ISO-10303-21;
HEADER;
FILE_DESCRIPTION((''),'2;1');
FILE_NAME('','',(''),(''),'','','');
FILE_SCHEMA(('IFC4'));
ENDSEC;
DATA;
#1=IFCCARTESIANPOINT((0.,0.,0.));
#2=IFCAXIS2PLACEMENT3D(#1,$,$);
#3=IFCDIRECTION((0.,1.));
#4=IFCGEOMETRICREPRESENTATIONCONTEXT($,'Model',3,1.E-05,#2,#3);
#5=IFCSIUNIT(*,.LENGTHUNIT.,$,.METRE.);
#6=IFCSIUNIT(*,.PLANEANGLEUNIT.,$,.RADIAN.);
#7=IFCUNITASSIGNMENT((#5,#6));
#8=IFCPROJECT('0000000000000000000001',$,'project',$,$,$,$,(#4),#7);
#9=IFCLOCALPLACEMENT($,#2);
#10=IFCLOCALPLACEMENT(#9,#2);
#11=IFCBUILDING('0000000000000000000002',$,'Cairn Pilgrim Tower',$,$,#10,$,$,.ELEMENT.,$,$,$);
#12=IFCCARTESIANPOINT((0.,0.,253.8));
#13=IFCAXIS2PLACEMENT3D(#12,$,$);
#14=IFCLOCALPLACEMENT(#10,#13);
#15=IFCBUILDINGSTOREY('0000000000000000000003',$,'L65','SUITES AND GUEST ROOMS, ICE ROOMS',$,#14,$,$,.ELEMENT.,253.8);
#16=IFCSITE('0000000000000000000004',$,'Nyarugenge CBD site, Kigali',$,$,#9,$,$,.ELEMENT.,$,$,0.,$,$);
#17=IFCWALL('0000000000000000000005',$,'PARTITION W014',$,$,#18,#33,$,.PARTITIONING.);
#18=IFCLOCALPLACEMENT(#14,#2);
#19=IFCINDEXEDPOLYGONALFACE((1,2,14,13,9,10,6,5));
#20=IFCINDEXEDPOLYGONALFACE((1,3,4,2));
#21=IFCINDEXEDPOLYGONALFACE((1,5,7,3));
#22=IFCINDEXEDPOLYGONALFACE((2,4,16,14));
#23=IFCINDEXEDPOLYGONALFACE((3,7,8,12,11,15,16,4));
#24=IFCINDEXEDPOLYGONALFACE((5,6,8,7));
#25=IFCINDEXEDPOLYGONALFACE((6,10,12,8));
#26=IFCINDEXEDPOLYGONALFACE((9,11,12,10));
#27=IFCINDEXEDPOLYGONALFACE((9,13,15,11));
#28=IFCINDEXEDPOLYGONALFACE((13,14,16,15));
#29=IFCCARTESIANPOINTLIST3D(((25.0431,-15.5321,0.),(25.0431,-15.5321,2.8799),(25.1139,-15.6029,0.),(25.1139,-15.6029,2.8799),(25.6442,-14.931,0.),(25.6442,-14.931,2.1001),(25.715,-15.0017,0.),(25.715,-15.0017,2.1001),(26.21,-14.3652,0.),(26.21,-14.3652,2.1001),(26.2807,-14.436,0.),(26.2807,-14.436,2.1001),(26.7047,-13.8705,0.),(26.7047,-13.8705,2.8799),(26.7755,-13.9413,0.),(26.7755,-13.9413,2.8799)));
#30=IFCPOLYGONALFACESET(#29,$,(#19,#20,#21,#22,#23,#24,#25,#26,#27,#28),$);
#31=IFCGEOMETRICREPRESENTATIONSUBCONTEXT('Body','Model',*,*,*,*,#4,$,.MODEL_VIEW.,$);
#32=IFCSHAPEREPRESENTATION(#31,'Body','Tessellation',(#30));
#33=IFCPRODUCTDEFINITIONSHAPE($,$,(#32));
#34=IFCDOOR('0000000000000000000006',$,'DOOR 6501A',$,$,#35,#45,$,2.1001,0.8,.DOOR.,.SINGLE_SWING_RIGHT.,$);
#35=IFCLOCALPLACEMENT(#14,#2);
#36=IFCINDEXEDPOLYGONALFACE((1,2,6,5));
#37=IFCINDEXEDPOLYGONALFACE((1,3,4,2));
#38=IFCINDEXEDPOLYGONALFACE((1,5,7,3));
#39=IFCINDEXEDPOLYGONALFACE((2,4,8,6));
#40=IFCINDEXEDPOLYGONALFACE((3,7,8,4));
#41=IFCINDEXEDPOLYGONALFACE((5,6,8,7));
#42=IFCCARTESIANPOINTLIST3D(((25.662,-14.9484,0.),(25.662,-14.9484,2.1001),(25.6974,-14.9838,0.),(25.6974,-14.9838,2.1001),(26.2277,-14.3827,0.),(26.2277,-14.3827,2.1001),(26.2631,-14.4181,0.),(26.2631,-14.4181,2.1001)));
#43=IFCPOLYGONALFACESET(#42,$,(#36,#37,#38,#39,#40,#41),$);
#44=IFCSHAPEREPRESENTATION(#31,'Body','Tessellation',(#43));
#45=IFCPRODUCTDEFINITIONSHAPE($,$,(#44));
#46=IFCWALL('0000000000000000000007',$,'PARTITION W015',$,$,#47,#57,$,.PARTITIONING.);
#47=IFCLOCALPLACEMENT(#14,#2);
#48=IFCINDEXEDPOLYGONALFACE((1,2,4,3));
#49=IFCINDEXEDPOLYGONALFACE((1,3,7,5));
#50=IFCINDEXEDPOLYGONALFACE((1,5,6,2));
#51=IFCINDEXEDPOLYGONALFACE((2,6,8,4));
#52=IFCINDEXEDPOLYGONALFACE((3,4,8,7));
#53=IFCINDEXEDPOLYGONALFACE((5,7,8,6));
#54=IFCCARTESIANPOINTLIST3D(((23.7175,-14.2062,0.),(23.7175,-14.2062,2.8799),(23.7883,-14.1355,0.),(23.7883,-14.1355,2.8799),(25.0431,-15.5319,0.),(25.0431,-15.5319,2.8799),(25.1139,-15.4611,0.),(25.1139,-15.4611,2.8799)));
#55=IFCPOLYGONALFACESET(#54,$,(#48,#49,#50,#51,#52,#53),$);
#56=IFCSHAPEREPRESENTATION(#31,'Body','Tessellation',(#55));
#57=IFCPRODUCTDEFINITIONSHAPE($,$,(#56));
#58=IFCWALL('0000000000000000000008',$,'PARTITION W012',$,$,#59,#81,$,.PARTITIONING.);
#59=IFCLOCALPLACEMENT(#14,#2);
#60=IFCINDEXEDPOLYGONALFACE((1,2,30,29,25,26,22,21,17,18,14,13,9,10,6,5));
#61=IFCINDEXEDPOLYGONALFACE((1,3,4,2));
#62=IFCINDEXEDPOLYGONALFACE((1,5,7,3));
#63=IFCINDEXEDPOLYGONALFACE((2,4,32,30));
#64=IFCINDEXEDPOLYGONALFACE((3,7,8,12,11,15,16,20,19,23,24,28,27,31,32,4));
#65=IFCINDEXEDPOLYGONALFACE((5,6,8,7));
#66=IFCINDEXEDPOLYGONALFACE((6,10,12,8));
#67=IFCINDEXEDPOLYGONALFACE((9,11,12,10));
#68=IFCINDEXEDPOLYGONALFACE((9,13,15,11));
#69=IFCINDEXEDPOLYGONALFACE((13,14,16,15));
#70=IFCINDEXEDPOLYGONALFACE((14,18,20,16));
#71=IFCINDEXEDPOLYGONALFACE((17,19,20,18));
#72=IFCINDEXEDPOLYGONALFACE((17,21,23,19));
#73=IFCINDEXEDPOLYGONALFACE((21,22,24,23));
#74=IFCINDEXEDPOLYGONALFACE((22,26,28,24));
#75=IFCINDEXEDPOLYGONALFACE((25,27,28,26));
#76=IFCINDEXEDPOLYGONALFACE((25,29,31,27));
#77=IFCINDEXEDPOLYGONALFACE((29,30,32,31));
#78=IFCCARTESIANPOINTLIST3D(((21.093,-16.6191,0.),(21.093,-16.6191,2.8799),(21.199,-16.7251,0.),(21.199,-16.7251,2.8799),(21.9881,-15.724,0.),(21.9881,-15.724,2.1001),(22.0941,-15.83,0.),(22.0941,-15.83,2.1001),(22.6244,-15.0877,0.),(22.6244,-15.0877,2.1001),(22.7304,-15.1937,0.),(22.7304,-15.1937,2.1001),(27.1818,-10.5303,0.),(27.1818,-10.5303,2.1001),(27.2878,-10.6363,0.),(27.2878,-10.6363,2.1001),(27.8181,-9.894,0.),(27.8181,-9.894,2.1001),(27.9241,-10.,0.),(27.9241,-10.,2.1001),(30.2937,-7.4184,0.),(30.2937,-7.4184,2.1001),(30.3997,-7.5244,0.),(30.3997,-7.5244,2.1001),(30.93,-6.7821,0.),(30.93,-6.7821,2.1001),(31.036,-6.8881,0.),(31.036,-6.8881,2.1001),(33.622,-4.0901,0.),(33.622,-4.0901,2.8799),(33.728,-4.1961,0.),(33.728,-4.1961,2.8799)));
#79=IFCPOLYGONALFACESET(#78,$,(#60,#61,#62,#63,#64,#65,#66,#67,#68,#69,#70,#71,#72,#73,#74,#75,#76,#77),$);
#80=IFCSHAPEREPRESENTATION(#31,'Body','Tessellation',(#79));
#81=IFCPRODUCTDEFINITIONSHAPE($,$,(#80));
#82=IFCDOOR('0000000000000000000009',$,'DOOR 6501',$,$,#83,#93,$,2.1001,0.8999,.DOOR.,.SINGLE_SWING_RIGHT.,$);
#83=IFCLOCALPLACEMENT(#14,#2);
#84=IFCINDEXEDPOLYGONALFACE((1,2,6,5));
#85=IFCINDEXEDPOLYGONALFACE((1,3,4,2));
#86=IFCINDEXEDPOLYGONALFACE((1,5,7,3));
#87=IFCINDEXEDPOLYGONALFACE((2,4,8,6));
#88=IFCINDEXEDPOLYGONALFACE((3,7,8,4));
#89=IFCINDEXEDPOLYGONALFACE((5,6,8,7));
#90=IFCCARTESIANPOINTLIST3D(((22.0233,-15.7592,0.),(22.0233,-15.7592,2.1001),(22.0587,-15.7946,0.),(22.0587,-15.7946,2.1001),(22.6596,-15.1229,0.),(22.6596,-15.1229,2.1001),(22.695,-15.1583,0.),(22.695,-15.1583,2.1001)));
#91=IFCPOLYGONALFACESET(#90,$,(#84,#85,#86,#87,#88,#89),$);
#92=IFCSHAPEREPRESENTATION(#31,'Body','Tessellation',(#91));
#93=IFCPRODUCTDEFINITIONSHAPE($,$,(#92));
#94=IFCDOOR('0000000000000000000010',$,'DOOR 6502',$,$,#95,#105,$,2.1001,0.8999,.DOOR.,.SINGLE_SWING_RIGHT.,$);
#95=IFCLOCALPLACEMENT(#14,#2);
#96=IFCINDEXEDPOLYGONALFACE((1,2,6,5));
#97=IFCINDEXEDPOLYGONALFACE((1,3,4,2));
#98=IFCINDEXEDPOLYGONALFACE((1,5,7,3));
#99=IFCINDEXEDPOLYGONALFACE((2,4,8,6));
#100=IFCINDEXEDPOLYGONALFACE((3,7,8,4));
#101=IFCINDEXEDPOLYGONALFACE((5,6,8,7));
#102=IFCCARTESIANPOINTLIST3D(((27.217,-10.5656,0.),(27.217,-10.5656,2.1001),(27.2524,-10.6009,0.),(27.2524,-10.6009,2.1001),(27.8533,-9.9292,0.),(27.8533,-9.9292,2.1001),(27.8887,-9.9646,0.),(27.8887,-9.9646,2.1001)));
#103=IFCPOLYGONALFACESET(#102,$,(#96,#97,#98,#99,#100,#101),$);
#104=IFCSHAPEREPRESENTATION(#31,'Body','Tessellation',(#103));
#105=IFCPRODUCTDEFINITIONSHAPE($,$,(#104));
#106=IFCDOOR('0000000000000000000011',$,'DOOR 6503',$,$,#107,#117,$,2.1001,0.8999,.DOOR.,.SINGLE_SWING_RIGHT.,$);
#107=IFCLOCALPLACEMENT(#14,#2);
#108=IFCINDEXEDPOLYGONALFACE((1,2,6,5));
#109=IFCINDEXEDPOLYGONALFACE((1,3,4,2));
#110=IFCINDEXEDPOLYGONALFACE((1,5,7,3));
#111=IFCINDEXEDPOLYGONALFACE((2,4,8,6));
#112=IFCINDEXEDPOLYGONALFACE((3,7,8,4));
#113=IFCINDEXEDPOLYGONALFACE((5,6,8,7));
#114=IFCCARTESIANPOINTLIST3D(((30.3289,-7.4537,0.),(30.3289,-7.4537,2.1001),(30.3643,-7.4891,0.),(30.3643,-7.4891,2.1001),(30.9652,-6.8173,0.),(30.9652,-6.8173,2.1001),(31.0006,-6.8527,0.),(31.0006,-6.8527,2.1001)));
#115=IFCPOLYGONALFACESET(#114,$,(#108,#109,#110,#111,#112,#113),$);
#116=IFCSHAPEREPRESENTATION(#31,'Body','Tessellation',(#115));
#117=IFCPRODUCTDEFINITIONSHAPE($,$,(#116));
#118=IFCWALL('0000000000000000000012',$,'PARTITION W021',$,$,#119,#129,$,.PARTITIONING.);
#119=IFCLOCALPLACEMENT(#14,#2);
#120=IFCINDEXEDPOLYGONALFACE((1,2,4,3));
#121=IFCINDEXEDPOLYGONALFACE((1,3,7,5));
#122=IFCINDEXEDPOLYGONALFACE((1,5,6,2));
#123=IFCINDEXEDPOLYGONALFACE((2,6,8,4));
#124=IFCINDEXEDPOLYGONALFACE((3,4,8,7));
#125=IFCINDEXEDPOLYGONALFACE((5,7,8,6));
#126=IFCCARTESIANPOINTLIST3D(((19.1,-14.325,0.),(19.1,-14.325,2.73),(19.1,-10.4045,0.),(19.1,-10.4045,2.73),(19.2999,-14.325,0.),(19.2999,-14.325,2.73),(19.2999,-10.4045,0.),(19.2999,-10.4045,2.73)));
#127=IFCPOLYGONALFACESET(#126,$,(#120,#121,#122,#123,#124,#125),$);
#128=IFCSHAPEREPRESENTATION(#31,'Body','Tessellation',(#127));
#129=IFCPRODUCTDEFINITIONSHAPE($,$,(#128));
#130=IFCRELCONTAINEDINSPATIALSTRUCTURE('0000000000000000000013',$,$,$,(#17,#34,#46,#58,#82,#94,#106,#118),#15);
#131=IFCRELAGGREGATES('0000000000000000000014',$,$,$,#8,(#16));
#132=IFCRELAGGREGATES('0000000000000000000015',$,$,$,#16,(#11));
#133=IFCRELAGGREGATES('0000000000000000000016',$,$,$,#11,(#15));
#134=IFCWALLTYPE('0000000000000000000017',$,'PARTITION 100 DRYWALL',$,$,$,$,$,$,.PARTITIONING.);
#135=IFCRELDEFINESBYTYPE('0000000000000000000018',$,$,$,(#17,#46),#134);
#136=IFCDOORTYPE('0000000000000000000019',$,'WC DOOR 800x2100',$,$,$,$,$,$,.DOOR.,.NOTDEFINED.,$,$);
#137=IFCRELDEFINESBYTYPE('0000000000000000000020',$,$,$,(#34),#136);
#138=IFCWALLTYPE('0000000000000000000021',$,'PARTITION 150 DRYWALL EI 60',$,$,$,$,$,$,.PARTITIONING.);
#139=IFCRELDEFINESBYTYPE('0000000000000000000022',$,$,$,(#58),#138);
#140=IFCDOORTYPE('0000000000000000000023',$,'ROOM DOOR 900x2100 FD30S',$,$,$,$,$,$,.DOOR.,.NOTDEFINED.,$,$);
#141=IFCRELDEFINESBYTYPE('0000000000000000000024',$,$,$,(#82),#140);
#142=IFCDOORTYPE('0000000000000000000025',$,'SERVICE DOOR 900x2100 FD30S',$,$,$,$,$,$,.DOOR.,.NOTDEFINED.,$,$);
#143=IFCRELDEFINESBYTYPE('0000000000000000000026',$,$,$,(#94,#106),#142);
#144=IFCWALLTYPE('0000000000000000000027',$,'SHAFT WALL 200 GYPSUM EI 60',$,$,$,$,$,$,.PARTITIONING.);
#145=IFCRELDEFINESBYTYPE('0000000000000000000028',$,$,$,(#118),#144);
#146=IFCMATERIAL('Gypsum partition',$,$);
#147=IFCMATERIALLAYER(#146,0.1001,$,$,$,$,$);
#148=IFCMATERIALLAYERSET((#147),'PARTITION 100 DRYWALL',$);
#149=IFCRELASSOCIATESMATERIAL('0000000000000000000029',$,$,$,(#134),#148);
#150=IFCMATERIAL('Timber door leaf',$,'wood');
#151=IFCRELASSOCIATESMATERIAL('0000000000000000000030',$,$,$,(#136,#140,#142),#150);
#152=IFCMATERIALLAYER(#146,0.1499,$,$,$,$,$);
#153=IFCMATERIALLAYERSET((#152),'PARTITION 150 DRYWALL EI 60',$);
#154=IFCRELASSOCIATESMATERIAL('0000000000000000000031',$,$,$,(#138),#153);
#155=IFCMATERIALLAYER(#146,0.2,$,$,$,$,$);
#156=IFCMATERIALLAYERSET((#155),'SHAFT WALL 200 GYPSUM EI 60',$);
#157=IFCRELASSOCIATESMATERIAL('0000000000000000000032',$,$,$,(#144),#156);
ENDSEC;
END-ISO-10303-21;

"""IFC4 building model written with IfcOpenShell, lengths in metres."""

from ifc_helpers import new_model, si_unit, direction, frame, frame_2d, origin, place, context, subcontext, project, spatial, rectangle, extrude, material, layer, layer_set, type_object, element, fill, save


model = new_model("IFC4")

# Units and contexts
model_context = context("Model", 3, precision=1e-05, world=origin(), true_north=direction((0.0, 1.0)))
body_context = subcontext(model_context, "Body", "Model", "MODEL_VIEW")
ifc_project = project(units=[si_unit("LENGTHUNIT", "METRE"), si_unit("PLANEANGLEUNIT", "RADIAN")], contexts=[model_context])

# Site, building, storey
site_placement = place(None, origin())
site = spatial("IfcSite", under=ifc_project, at=site_placement, Name="Nyarugenge CBD site, Kigali", CompositionType="ELEMENT", RefElevation=0.0)
building_placement = place(site_placement, origin())
building = spatial("IfcBuilding", under=site, at=building_placement, Name="Cairn Pilgrim Tower", CompositionType="ELEMENT")
storey_placement = place(building_placement, frame((0.0, 0.0, 253.8)))
storey = spatial("IfcBuildingStorey", under=building, at=storey_placement, Name="L65", Description="SUITES AND GUEST ROOMS, ICE ROOMS", CompositionType="ELEMENT", Elevation=253.8)

# Shared definitions
ifc_material_1 = material(Name="Gypsum partition")
ifc_layer_1 = layer(ifc_material_1, 0.1001)
ifc_layer_set_1 = layer_set([ifc_layer_1], Name="PARTITION 100 DRYWALL")
wall_type_1 = type_object("IfcWallType", Name="PARTITION 100 DRYWALL", PredefinedType="PARTITIONING", material=ifc_layer_set_1)
ifc_material_2 = material(Name="Timber door leaf", Category="wood")
door_type_1 = type_object("IfcDoorType", Name="WC DOOR 800x2100", OperationType="NOTDEFINED", PredefinedType="DOOR", material=ifc_material_2)

# Wall, opening, door
wall_1_placement = place(storey_placement, frame((25.0786, -15.5674, 0.0), z_axis=(0.0, 0.0, 1.0), x_axis=(0.707107, 0.707107, 0.0)))
wall_1 = element("IfcWall", 1, at=wall_1_placement, inside=storey, type_object=wall_type_1, Name="PARTITION W014", PredefinedType="PARTITIONING", context=body_context, shape_type="SweptSolid", body=[
    extrude(rectangle(XDim=2.3499, YDim=0.1001, at=frame_2d((1.1748, 0.0))), origin(), (0.0, 0.0, 1.0), 2.8799),
])
opening_1_placement = place(wall_1_placement, frame((0.8501, 0.0, 0.0)))
opening_1 = element("IfcOpeningElement", 2, at=opening_1_placement, cuts=wall_1, PredefinedType="OPENING", context=body_context, shape_type="SweptSolid", body=[
    extrude(rectangle(XDim=0.8, YDim=2.1001, at=frame_2d((0.3999, 1.05))), frame((0.0, 0.0601, 0.0), z_axis=(0.0, -1.0, 0.0), x_axis=(1.0, 0.0, 0.0)), (0.0, 0.0, 1.0), 0.1201),
])
door_1_placement = place(opening_1_placement, frame((0.8, 0.0, 0.0), z_axis=(0.0, 0.0, 1.0), x_axis=(-1.0, 0.0, 0.0)))
door_1 = element("IfcDoor", 3, at=door_1_placement, inside=storey, type_object=door_type_1, Name="DOOR 6501A", OperationType="SINGLE_SWING_RIGHT", OverallHeight=2.1001, OverallWidth=0.8, PredefinedType="DOOR", context=body_context, shape_type="SweptSolid", body=[
    extrude(rectangle(XDim=0.8, YDim=2.1001, at=frame_2d((0.3999, 1.05))), frame((0.0, 0.0249, 0.0), z_axis=(0.0, -1.0, 0.0), x_axis=(1.0, 0.0, 0.0)), (0.0, 0.0, 1.0), 0.05),
])
fill(opening_1, door_1)

# Wall
wall_2_placement = place(storey_placement, frame((25.0786, -15.4966, 0.0), z_axis=(0.0, 0.0, 1.0), x_axis=(-0.707107, 0.707107, 0.0)))
element("IfcWall", 4, at=wall_2_placement, inside=storey, type_object=wall_type_1, Name="PARTITION W015", PredefinedType="PARTITIONING", context=body_context, shape_type="SweptSolid", body=[
    extrude(rectangle(XDim=1.8748, YDim=0.1001, at=frame_2d((0.9375, 0.0))), origin(), (0.0, 0.0, 1.0), 2.8799),
])

# Wall, openings, doors
ifc_layer_2 = layer(ifc_material_1, 0.1499)
ifc_layer_set_2 = layer_set([ifc_layer_2], Name="PARTITION 150 DRYWALL EI 60")
wall_type_2 = type_object("IfcWallType", Name="PARTITION 150 DRYWALL EI 60", PredefinedType="PARTITIONING", material=ifc_layer_set_2)
wall_3_placement = place(storey_placement, frame((21.146, -16.6721, 0.0), z_axis=(0.0, 0.0, 1.0), x_axis=(0.707107, 0.707107, 0.0)))
wall_3 = element("IfcWall", 5, at=wall_3_placement, inside=storey, type_object=wall_type_2, Name="PARTITION W012", PredefinedType="PARTITIONING", context=body_context, shape_type="SweptSolid", body=[
    extrude(rectangle(XDim=17.7188, YDim=0.1499, at=frame_2d((8.8594, 0.0))), origin(), (0.0, 0.0, 1.0), 2.8799),
])
opening_2_placement = place(wall_3_placement, frame((1.2659, 0.0, 0.0)))
opening_2 = element("IfcOpeningElement", 6, at=opening_2_placement, cuts=wall_3, PredefinedType="OPENING", context=body_context, shape_type="SweptSolid", body=[
    extrude(rectangle(XDim=0.8999, YDim=2.1001, at=frame_2d((0.45, 1.05))), frame((0.0, 0.085, 0.0), z_axis=(0.0, -1.0, 0.0), x_axis=(1.0, 0.0, 0.0)), (0.0, 0.0, 1.0), 0.1699),
])
opening_3_placement = place(wall_3_placement, frame((8.6108, 0.0, 0.0)))
opening_3 = element("IfcOpeningElement", 7, at=opening_3_placement, cuts=wall_3, PredefinedType="OPENING", context=body_context, shape_type="SweptSolid", body=[
    extrude(rectangle(XDim=0.8999, YDim=2.1001, at=frame_2d((0.45, 1.05))), frame((0.0, 0.085, 0.0), z_axis=(0.0, -1.0, 0.0), x_axis=(1.0, 0.0, 0.0)), (0.0, 0.0, 1.0), 0.1699),
])
opening_4_placement = place(wall_3_placement, frame((13.0117, 0.0, 0.0)))
opening_4 = element("IfcOpeningElement", 8, at=opening_4_placement, cuts=wall_3, PredefinedType="OPENING", context=body_context, shape_type="SweptSolid", body=[
    extrude(rectangle(XDim=0.8999, YDim=2.1001, at=frame_2d((0.45, 1.05))), frame((0.0, 0.085, 0.0), z_axis=(0.0, -1.0, 0.0), x_axis=(1.0, 0.0, 0.0)), (0.0, 0.0, 1.0), 0.1699),
])
door_type_2 = type_object("IfcDoorType", Name="ROOM DOOR 900x2100 FD30S", OperationType="NOTDEFINED", PredefinedType="DOOR", material=ifc_material_2)
door_2_placement = place(opening_2_placement, frame((0.8999, 0.0, 0.0), z_axis=(0.0, 0.0, 1.0), x_axis=(-1.0, 0.0, 0.0)))
door_2 = element("IfcDoor", 9, at=door_2_placement, inside=storey, type_object=door_type_2, Name="DOOR 6501", OperationType="SINGLE_SWING_RIGHT", OverallHeight=2.1001, OverallWidth=0.8999, PredefinedType="DOOR", context=body_context, shape_type="SweptSolid", body=[
    extrude(rectangle(XDim=0.8999, YDim=2.1001, at=frame_2d((0.45, 1.05))), frame((0.0, 0.0249, 0.0), z_axis=(0.0, -1.0, 0.0), x_axis=(1.0, 0.0, 0.0)), (0.0, 0.0, 1.0), 0.05),
])
fill(opening_2, door_2)
door_type_3 = type_object("IfcDoorType", Name="SERVICE DOOR 900x2100 FD30S", OperationType="NOTDEFINED", PredefinedType="DOOR", material=ifc_material_2)
door_3_placement = place(opening_3_placement, frame((0.8999, 0.0, 0.0), z_axis=(0.0, 0.0, 1.0), x_axis=(-1.0, 0.0, 0.0)))
door_3 = element("IfcDoor", 10, at=door_3_placement, inside=storey, type_object=door_type_3, Name="DOOR 6502", OperationType="SINGLE_SWING_RIGHT", OverallHeight=2.1001, OverallWidth=0.8999, PredefinedType="DOOR", context=body_context, shape_type="SweptSolid", body=[
    extrude(rectangle(XDim=0.8999, YDim=2.1001, at=frame_2d((0.45, 1.05))), frame((0.0, 0.0249, 0.0), z_axis=(0.0, -1.0, 0.0), x_axis=(1.0, 0.0, 0.0)), (0.0, 0.0, 1.0), 0.05),
])
fill(opening_3, door_3)
door_4_placement = place(opening_4_placement, frame((0.8999, 0.0, 0.0), z_axis=(0.0, 0.0, 1.0), x_axis=(-1.0, 0.0, 0.0)))
door_4 = element("IfcDoor", 11, at=door_4_placement, inside=storey, type_object=door_type_3, Name="DOOR 6503", OperationType="SINGLE_SWING_RIGHT", OverallHeight=2.1001, OverallWidth=0.8999, PredefinedType="DOOR", context=body_context, shape_type="SweptSolid", body=[
    extrude(rectangle(XDim=0.8999, YDim=2.1001, at=frame_2d((0.45, 1.05))), frame((0.0, 0.0249, 0.0), z_axis=(0.0, -1.0, 0.0), x_axis=(1.0, 0.0, 0.0)), (0.0, 0.0, 1.0), 0.05),
])
fill(opening_4, door_4)

# Wall
ifc_layer_3 = layer(ifc_material_1, 0.2)
ifc_layer_set_3 = layer_set([ifc_layer_3], Name="SHAFT WALL 200 GYPSUM EI 60")
wall_type_3 = type_object("IfcWallType", Name="SHAFT WALL 200 GYPSUM EI 60", PredefinedType="PARTITIONING", material=ifc_layer_set_3)
wall_4_placement = place(storey_placement, frame((19.2, -14.325, 0.0), z_axis=(0.0, 0.0, 1.0), x_axis=(0.0, 1.0, 0.0)))
element("IfcWall", 12, at=wall_4_placement, inside=storey, type_object=wall_type_3, Name="PARTITION W021", PredefinedType="PARTITIONING", context=body_context, shape_type="SweptSolid", body=[
    extrude(rectangle(XDim=3.9204, YDim=0.2, at=frame_2d((1.9602, 0.0))), origin(), (0.0, 0.0, 1.0), 2.73),
])

save(model, "model.ifc")
